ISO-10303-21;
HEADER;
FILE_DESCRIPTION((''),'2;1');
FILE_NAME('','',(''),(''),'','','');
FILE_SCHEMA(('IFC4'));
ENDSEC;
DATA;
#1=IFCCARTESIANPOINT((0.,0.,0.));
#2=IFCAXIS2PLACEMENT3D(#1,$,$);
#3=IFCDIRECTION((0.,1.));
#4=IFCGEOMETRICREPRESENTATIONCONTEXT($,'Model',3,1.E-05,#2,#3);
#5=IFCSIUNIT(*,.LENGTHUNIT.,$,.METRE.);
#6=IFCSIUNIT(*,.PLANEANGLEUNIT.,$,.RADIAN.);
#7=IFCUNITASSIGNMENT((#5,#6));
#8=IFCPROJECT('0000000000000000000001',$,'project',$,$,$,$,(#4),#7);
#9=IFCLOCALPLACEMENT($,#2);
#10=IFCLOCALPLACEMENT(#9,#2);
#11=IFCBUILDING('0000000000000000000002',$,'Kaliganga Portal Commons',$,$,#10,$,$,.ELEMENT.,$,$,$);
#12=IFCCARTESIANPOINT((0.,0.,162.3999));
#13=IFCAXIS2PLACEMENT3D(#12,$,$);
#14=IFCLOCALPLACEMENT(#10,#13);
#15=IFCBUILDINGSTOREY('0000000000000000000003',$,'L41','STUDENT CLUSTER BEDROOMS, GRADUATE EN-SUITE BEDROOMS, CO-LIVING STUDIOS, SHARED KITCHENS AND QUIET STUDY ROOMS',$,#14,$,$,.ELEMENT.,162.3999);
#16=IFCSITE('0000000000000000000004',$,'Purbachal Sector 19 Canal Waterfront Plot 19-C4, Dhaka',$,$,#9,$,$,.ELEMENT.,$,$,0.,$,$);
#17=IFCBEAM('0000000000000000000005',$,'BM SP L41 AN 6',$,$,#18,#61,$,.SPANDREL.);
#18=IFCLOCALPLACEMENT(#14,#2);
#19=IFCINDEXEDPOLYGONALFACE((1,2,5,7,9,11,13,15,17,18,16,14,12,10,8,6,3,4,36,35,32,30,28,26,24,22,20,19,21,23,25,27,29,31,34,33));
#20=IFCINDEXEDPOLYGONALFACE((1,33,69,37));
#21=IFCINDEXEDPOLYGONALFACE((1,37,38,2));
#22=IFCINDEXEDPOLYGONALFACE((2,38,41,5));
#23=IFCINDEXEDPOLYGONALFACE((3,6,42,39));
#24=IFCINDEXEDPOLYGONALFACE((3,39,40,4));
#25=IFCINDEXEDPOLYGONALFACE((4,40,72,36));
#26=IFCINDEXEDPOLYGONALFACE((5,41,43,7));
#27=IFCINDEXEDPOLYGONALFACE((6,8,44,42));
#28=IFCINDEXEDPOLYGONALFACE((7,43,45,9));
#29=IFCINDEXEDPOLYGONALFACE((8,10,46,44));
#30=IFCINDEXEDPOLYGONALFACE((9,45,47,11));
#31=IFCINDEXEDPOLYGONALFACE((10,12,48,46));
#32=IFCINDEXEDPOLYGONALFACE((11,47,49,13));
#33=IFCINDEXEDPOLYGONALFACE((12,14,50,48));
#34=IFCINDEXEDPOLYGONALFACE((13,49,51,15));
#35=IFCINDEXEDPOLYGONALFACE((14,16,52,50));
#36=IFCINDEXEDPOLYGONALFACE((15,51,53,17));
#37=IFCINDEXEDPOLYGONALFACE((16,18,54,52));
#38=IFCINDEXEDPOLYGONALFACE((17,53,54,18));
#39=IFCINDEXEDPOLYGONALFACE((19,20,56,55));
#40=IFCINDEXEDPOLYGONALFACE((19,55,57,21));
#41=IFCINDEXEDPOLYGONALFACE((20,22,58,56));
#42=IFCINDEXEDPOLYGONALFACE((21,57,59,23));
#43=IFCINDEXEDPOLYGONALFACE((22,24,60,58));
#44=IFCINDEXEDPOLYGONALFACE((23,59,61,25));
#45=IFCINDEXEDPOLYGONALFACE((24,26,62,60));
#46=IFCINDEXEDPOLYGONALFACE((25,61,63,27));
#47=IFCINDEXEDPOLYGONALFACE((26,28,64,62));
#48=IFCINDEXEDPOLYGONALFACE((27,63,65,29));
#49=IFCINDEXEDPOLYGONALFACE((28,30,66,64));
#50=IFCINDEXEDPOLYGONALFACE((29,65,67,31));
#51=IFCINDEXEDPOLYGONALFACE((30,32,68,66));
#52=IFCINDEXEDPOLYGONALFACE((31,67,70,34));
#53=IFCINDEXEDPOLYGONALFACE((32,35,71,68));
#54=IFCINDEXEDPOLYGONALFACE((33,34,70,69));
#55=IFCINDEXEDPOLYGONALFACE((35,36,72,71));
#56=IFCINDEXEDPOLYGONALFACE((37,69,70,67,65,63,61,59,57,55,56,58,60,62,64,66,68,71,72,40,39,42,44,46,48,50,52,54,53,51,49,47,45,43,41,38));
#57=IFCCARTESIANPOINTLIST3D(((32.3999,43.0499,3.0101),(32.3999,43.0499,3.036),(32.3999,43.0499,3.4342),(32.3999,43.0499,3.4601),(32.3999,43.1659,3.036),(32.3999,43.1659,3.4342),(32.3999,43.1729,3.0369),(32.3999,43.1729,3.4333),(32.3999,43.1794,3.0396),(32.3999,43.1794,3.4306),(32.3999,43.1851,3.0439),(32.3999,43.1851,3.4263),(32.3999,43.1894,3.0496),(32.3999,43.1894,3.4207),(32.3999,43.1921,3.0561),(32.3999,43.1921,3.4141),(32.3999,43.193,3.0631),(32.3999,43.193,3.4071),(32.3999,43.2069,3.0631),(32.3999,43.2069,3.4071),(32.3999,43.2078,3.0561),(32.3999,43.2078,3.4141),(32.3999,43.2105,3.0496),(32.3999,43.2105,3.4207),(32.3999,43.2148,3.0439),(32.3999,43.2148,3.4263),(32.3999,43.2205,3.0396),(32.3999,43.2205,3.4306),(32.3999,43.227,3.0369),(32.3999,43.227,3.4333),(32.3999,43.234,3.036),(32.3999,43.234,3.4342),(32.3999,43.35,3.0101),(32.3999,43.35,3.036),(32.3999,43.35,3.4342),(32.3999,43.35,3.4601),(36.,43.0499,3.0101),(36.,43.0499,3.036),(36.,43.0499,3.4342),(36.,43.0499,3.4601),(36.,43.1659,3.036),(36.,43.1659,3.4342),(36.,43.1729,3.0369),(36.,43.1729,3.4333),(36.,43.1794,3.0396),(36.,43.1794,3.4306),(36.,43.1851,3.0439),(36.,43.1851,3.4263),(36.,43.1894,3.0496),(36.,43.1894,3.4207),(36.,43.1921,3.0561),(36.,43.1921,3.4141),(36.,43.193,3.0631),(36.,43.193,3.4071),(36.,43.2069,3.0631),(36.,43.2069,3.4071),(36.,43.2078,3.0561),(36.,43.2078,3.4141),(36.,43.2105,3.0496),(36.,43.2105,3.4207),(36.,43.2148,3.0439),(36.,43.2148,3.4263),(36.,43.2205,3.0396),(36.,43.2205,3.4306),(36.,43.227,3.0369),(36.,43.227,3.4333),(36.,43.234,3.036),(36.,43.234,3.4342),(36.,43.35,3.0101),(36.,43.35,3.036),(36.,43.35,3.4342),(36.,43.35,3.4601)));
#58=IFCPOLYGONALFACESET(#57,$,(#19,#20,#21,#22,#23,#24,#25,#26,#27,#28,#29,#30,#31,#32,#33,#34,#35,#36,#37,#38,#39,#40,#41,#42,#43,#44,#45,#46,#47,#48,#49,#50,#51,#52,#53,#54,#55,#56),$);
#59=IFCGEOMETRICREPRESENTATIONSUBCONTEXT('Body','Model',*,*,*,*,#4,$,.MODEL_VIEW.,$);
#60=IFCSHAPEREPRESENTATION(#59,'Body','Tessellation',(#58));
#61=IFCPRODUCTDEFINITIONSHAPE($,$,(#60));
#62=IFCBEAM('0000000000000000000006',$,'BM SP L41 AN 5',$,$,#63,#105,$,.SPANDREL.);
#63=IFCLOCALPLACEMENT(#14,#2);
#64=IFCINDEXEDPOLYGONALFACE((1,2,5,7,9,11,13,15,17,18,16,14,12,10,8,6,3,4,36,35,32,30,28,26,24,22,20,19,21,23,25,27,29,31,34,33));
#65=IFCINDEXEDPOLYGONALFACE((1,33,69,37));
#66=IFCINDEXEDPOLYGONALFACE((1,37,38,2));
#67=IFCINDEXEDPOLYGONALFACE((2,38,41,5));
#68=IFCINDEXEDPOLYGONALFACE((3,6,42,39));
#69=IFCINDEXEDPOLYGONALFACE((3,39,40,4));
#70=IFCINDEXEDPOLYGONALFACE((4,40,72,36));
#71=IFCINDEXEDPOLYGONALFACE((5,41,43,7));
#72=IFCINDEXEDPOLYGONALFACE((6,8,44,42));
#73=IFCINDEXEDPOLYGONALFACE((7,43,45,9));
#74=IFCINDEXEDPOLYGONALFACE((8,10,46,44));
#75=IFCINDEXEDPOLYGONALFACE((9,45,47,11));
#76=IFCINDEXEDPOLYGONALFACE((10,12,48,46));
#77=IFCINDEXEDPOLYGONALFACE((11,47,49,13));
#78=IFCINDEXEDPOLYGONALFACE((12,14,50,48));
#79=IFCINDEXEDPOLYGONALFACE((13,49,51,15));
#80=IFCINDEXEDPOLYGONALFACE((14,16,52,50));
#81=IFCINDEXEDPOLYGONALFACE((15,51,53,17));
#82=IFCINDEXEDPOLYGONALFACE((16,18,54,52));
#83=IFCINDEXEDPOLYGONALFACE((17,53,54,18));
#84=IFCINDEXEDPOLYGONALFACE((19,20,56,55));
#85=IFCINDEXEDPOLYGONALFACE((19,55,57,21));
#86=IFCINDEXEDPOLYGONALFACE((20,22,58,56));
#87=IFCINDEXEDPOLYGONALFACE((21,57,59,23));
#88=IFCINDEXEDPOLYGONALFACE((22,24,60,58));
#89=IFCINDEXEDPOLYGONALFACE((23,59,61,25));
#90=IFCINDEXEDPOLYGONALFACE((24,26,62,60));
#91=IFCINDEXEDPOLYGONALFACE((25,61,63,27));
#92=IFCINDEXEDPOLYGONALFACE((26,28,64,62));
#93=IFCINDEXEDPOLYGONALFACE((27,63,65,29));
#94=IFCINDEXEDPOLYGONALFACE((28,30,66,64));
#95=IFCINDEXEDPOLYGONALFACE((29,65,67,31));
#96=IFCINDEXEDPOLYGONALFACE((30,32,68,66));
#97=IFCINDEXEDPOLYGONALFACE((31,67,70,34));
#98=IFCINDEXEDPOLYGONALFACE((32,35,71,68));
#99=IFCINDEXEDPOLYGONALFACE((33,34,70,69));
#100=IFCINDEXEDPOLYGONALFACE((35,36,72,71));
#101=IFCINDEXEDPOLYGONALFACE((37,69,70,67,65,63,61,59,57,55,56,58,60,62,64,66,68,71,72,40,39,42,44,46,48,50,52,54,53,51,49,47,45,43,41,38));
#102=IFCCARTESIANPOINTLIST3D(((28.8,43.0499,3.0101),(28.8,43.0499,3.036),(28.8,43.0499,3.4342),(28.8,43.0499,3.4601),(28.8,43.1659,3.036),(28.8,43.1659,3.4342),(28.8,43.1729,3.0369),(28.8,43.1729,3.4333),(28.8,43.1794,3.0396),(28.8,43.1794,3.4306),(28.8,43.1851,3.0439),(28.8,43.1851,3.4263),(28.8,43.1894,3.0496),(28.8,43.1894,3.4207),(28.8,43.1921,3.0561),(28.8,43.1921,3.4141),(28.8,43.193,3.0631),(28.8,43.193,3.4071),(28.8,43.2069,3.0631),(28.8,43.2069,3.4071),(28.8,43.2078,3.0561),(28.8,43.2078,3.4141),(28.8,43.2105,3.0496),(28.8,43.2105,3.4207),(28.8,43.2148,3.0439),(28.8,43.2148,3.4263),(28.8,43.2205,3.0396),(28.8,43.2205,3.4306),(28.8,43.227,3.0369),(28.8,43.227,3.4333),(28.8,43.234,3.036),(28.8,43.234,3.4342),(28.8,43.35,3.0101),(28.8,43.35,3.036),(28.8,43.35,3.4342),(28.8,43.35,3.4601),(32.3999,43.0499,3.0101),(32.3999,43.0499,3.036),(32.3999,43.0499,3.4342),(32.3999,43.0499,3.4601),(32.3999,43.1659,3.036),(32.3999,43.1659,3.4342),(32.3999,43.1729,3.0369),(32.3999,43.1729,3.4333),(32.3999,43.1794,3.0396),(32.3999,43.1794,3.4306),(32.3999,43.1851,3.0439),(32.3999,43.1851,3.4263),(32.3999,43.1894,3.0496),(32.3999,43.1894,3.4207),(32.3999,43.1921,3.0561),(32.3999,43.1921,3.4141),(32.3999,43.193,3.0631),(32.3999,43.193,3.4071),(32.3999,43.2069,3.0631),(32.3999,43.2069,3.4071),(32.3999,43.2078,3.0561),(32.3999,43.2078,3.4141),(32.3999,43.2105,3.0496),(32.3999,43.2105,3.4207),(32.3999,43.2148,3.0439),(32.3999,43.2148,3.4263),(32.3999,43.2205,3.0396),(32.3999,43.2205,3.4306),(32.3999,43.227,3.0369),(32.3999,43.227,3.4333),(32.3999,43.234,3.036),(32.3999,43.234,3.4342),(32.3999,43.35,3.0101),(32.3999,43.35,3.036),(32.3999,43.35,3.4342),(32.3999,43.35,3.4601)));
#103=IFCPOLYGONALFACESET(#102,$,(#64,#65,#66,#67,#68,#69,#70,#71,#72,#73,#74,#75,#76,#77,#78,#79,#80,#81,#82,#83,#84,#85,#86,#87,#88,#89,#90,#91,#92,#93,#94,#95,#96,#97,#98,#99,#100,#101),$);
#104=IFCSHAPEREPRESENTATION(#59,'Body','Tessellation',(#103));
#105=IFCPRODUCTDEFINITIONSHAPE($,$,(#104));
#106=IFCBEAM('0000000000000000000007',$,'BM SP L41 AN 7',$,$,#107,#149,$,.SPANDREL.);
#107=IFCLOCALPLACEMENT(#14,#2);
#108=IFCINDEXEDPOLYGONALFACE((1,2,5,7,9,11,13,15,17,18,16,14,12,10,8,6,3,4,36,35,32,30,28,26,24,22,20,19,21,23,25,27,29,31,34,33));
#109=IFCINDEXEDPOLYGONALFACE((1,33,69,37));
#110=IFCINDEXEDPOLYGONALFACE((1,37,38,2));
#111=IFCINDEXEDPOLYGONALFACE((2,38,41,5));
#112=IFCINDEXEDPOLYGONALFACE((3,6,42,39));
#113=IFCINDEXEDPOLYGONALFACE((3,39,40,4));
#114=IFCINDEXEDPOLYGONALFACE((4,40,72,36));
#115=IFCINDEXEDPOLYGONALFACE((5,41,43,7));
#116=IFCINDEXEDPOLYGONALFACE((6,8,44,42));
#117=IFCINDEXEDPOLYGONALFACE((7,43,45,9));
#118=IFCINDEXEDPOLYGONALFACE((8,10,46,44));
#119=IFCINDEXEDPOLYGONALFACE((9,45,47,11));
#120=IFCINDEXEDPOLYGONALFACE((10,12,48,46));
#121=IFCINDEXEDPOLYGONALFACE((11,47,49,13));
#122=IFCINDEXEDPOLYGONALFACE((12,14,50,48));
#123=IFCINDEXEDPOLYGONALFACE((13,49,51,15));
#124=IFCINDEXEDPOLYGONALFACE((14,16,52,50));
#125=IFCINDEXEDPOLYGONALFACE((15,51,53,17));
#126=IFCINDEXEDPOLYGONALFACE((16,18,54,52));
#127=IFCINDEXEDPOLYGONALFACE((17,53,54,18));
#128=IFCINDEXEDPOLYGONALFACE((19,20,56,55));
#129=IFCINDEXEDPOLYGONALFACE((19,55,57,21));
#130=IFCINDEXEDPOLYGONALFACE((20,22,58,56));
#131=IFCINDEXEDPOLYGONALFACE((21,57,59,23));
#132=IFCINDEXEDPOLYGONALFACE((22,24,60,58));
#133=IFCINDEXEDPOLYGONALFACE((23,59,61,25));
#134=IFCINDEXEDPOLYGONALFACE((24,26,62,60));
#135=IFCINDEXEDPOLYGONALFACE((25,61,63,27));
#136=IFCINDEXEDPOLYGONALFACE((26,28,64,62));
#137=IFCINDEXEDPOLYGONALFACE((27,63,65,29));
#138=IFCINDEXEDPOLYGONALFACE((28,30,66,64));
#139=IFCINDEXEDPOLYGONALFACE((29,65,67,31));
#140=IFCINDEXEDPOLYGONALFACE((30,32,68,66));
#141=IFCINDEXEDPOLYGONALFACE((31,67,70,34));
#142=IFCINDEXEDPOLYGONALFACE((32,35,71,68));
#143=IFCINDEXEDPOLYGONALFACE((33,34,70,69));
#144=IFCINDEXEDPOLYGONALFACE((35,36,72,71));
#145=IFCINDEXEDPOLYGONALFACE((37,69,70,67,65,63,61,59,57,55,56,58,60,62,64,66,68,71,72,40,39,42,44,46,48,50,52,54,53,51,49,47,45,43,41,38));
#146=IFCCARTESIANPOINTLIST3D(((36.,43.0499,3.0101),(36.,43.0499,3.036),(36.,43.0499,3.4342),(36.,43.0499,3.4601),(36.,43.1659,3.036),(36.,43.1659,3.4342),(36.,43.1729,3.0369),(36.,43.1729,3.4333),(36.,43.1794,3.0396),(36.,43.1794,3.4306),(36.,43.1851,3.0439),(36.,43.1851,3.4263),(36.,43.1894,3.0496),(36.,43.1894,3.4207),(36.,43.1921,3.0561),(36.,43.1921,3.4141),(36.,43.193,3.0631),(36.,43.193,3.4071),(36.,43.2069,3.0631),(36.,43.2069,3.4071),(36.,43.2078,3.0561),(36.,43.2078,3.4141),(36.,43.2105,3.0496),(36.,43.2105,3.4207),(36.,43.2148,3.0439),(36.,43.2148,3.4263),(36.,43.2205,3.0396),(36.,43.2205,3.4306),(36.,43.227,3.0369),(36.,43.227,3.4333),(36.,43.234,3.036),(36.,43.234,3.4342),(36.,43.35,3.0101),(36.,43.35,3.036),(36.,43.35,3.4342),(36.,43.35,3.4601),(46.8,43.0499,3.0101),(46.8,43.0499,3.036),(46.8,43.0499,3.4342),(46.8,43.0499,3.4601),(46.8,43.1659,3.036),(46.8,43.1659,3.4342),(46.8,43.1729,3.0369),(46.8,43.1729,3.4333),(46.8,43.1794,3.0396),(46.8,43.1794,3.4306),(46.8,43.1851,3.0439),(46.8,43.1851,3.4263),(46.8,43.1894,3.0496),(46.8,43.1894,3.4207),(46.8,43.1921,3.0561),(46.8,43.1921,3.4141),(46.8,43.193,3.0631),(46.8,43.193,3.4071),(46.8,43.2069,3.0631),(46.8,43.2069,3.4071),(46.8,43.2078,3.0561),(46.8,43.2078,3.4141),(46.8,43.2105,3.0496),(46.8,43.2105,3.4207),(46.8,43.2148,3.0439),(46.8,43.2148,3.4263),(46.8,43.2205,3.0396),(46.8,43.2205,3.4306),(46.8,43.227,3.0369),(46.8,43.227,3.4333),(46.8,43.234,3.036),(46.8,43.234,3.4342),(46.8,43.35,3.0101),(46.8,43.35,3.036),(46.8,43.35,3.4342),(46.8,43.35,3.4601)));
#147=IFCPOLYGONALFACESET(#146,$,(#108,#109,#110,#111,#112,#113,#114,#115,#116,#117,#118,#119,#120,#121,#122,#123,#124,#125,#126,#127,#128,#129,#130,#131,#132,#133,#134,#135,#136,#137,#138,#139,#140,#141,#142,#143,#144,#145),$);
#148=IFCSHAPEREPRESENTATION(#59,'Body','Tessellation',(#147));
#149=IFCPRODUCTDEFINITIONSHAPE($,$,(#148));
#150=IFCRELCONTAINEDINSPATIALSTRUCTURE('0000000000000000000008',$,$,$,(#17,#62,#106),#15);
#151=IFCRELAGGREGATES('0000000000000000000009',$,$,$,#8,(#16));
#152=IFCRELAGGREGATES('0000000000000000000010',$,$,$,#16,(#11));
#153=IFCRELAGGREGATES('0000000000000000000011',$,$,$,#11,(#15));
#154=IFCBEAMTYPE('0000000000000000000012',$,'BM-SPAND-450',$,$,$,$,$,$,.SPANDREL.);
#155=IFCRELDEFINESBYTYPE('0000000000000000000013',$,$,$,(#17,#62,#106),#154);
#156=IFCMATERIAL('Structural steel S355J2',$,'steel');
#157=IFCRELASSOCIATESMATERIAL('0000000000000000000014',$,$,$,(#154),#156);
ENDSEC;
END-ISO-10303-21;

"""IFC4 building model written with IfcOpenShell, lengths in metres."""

from ifc_helpers import new_model, si_unit, direction, frame, origin, origin_2d, place, context, subcontext, project, spatial, i_section, extrude, source, transform, mapped, material, material_profile, profile_set, type_object, element, save


model = new_model("IFC4")

# Units and contexts
model_context = context("Model", 3, precision=1e-05, world=origin(), true_north=direction((0.0, 1.0)))
body_context = subcontext(model_context, "Body", "Model", "MODEL_VIEW")
ifc_project = project(units=[si_unit("LENGTHUNIT", "METRE"), si_unit("PLANEANGLEUNIT", "RADIAN")], contexts=[model_context])

# Site, building, storey
site_placement = place(None, origin())
site = spatial("IfcSite", under=ifc_project, at=site_placement, Name="Purbachal Sector 19 Canal Waterfront Plot 19-C4, Dhaka", CompositionType="ELEMENT", RefElevation=0.0)
building_placement = place(site_placement, origin())
building = spatial("IfcBuilding", under=site, at=building_placement, Name="Kaliganga Portal Commons", CompositionType="ELEMENT")
storey_placement = place(building_placement, frame((0.0, 0.0, 162.3999)))
storey = spatial("IfcBuildingStorey", under=building, at=storey_placement, Name="L41", Description="STUDENT CLUSTER BEDROOMS, GRADUATE EN-SUITE BEDROOMS, CO-LIVING STUDIOS, SHARED KITCHENS AND QUIET STUDY ROOMS", CompositionType="ELEMENT", Elevation=162.3999)

# Beams
ifc_material_1 = material(Name="Structural steel S355J2", Category="steel")
ifc_material_profile_1 = material_profile(ifc_material_1, i_section(OverallWidth=0.3, OverallDepth=0.45, WebThickness=0.0139, FlangeThickness=0.0259, FilletRadius=0.0271, at=origin_2d()), Name="HE 450 B")
ifc_profile_set_1 = profile_set([ifc_material_profile_1], Name="Structural steel S355J2 wide-flange")
beam_type_1 = type_object("IfcBeamType", Name="BM-SPAND-450", PredefinedType="SPANDREL", material=ifc_profile_set_1)
shared_shape_1 = source(origin(), body_context, "Body", "SweptSolid", [
    extrude(i_section(OverallWidth=0.3, OverallDepth=0.45, WebThickness=0.0139, FlangeThickness=0.0259, FilletRadius=0.0271, at=origin_2d()), origin(), (0.0, 0.0, 1.0), 3.6001),
])
beam_1_placement = place(storey_placement, frame((32.3999, 43.2, 3.2351), z_axis=(1.0, 0.0, 0.0), x_axis=(0.0, 1.0, 0.0)))
element("IfcBeam", 1, at=beam_1_placement, inside=storey, type_object=beam_type_1, Name="BM SP L41 AN 6", PredefinedType="SPANDREL", context=body_context, shape_type="MappedRepresentation", body=[
    mapped(shared_shape_1, transform((0.0, 0.0, 0.0), x_axis=(1.0, 0.0, 0.0), y_axis=(0.0, 1.0, 0.0), z_axis=(0.0, 0.0, 1.0), scale=1.0)),
])
shared_shape_2 = source(origin(), body_context, "Body", "SweptSolid", [
    extrude(i_section(OverallWidth=0.3, OverallDepth=0.45, WebThickness=0.0139, FlangeThickness=0.0259, FilletRadius=0.0271, at=origin_2d()), origin(), (0.0, 0.0, 1.0), 3.5999),
])
beam_2_placement = place(storey_placement, frame((28.8, 43.2, 3.2351), z_axis=(1.0, 0.0, 0.0), x_axis=(0.0, 1.0, 0.0)))
element("IfcBeam", 2, at=beam_2_placement, inside=storey, type_object=beam_type_1, Name="BM SP L41 AN 5", PredefinedType="SPANDREL", context=body_context, shape_type="MappedRepresentation", body=[
    mapped(shared_shape_2, transform((0.0, 0.0, 0.0), x_axis=(1.0, 0.0, 0.0), y_axis=(0.0, 1.0, 0.0), z_axis=(0.0, 0.0, 1.0), scale=1.0)),
])
shared_shape_3 = source(origin(), body_context, "Body", "SweptSolid", [
    extrude(i_section(OverallWidth=0.3, OverallDepth=0.45, WebThickness=0.0139, FlangeThickness=0.0259, FilletRadius=0.0271, at=origin_2d()), origin(), (0.0, 0.0, 1.0), 10.8),
])
beam_3_placement = place(storey_placement, frame((36.0, 43.2, 3.2351), z_axis=(1.0, 0.0, 0.0), x_axis=(0.0, 1.0, 0.0)))
element("IfcBeam", 3, at=beam_3_placement, inside=storey, type_object=beam_type_1, Name="BM SP L41 AN 7", PredefinedType="SPANDREL", context=body_context, shape_type="MappedRepresentation", body=[
    mapped(shared_shape_3, transform((0.0, 0.0, 0.0), x_axis=(1.0, 0.0, 0.0), y_axis=(0.0, 1.0, 0.0), z_axis=(0.0, 0.0, 1.0), scale=1.0)),
])

save(model, "model.ifc")
